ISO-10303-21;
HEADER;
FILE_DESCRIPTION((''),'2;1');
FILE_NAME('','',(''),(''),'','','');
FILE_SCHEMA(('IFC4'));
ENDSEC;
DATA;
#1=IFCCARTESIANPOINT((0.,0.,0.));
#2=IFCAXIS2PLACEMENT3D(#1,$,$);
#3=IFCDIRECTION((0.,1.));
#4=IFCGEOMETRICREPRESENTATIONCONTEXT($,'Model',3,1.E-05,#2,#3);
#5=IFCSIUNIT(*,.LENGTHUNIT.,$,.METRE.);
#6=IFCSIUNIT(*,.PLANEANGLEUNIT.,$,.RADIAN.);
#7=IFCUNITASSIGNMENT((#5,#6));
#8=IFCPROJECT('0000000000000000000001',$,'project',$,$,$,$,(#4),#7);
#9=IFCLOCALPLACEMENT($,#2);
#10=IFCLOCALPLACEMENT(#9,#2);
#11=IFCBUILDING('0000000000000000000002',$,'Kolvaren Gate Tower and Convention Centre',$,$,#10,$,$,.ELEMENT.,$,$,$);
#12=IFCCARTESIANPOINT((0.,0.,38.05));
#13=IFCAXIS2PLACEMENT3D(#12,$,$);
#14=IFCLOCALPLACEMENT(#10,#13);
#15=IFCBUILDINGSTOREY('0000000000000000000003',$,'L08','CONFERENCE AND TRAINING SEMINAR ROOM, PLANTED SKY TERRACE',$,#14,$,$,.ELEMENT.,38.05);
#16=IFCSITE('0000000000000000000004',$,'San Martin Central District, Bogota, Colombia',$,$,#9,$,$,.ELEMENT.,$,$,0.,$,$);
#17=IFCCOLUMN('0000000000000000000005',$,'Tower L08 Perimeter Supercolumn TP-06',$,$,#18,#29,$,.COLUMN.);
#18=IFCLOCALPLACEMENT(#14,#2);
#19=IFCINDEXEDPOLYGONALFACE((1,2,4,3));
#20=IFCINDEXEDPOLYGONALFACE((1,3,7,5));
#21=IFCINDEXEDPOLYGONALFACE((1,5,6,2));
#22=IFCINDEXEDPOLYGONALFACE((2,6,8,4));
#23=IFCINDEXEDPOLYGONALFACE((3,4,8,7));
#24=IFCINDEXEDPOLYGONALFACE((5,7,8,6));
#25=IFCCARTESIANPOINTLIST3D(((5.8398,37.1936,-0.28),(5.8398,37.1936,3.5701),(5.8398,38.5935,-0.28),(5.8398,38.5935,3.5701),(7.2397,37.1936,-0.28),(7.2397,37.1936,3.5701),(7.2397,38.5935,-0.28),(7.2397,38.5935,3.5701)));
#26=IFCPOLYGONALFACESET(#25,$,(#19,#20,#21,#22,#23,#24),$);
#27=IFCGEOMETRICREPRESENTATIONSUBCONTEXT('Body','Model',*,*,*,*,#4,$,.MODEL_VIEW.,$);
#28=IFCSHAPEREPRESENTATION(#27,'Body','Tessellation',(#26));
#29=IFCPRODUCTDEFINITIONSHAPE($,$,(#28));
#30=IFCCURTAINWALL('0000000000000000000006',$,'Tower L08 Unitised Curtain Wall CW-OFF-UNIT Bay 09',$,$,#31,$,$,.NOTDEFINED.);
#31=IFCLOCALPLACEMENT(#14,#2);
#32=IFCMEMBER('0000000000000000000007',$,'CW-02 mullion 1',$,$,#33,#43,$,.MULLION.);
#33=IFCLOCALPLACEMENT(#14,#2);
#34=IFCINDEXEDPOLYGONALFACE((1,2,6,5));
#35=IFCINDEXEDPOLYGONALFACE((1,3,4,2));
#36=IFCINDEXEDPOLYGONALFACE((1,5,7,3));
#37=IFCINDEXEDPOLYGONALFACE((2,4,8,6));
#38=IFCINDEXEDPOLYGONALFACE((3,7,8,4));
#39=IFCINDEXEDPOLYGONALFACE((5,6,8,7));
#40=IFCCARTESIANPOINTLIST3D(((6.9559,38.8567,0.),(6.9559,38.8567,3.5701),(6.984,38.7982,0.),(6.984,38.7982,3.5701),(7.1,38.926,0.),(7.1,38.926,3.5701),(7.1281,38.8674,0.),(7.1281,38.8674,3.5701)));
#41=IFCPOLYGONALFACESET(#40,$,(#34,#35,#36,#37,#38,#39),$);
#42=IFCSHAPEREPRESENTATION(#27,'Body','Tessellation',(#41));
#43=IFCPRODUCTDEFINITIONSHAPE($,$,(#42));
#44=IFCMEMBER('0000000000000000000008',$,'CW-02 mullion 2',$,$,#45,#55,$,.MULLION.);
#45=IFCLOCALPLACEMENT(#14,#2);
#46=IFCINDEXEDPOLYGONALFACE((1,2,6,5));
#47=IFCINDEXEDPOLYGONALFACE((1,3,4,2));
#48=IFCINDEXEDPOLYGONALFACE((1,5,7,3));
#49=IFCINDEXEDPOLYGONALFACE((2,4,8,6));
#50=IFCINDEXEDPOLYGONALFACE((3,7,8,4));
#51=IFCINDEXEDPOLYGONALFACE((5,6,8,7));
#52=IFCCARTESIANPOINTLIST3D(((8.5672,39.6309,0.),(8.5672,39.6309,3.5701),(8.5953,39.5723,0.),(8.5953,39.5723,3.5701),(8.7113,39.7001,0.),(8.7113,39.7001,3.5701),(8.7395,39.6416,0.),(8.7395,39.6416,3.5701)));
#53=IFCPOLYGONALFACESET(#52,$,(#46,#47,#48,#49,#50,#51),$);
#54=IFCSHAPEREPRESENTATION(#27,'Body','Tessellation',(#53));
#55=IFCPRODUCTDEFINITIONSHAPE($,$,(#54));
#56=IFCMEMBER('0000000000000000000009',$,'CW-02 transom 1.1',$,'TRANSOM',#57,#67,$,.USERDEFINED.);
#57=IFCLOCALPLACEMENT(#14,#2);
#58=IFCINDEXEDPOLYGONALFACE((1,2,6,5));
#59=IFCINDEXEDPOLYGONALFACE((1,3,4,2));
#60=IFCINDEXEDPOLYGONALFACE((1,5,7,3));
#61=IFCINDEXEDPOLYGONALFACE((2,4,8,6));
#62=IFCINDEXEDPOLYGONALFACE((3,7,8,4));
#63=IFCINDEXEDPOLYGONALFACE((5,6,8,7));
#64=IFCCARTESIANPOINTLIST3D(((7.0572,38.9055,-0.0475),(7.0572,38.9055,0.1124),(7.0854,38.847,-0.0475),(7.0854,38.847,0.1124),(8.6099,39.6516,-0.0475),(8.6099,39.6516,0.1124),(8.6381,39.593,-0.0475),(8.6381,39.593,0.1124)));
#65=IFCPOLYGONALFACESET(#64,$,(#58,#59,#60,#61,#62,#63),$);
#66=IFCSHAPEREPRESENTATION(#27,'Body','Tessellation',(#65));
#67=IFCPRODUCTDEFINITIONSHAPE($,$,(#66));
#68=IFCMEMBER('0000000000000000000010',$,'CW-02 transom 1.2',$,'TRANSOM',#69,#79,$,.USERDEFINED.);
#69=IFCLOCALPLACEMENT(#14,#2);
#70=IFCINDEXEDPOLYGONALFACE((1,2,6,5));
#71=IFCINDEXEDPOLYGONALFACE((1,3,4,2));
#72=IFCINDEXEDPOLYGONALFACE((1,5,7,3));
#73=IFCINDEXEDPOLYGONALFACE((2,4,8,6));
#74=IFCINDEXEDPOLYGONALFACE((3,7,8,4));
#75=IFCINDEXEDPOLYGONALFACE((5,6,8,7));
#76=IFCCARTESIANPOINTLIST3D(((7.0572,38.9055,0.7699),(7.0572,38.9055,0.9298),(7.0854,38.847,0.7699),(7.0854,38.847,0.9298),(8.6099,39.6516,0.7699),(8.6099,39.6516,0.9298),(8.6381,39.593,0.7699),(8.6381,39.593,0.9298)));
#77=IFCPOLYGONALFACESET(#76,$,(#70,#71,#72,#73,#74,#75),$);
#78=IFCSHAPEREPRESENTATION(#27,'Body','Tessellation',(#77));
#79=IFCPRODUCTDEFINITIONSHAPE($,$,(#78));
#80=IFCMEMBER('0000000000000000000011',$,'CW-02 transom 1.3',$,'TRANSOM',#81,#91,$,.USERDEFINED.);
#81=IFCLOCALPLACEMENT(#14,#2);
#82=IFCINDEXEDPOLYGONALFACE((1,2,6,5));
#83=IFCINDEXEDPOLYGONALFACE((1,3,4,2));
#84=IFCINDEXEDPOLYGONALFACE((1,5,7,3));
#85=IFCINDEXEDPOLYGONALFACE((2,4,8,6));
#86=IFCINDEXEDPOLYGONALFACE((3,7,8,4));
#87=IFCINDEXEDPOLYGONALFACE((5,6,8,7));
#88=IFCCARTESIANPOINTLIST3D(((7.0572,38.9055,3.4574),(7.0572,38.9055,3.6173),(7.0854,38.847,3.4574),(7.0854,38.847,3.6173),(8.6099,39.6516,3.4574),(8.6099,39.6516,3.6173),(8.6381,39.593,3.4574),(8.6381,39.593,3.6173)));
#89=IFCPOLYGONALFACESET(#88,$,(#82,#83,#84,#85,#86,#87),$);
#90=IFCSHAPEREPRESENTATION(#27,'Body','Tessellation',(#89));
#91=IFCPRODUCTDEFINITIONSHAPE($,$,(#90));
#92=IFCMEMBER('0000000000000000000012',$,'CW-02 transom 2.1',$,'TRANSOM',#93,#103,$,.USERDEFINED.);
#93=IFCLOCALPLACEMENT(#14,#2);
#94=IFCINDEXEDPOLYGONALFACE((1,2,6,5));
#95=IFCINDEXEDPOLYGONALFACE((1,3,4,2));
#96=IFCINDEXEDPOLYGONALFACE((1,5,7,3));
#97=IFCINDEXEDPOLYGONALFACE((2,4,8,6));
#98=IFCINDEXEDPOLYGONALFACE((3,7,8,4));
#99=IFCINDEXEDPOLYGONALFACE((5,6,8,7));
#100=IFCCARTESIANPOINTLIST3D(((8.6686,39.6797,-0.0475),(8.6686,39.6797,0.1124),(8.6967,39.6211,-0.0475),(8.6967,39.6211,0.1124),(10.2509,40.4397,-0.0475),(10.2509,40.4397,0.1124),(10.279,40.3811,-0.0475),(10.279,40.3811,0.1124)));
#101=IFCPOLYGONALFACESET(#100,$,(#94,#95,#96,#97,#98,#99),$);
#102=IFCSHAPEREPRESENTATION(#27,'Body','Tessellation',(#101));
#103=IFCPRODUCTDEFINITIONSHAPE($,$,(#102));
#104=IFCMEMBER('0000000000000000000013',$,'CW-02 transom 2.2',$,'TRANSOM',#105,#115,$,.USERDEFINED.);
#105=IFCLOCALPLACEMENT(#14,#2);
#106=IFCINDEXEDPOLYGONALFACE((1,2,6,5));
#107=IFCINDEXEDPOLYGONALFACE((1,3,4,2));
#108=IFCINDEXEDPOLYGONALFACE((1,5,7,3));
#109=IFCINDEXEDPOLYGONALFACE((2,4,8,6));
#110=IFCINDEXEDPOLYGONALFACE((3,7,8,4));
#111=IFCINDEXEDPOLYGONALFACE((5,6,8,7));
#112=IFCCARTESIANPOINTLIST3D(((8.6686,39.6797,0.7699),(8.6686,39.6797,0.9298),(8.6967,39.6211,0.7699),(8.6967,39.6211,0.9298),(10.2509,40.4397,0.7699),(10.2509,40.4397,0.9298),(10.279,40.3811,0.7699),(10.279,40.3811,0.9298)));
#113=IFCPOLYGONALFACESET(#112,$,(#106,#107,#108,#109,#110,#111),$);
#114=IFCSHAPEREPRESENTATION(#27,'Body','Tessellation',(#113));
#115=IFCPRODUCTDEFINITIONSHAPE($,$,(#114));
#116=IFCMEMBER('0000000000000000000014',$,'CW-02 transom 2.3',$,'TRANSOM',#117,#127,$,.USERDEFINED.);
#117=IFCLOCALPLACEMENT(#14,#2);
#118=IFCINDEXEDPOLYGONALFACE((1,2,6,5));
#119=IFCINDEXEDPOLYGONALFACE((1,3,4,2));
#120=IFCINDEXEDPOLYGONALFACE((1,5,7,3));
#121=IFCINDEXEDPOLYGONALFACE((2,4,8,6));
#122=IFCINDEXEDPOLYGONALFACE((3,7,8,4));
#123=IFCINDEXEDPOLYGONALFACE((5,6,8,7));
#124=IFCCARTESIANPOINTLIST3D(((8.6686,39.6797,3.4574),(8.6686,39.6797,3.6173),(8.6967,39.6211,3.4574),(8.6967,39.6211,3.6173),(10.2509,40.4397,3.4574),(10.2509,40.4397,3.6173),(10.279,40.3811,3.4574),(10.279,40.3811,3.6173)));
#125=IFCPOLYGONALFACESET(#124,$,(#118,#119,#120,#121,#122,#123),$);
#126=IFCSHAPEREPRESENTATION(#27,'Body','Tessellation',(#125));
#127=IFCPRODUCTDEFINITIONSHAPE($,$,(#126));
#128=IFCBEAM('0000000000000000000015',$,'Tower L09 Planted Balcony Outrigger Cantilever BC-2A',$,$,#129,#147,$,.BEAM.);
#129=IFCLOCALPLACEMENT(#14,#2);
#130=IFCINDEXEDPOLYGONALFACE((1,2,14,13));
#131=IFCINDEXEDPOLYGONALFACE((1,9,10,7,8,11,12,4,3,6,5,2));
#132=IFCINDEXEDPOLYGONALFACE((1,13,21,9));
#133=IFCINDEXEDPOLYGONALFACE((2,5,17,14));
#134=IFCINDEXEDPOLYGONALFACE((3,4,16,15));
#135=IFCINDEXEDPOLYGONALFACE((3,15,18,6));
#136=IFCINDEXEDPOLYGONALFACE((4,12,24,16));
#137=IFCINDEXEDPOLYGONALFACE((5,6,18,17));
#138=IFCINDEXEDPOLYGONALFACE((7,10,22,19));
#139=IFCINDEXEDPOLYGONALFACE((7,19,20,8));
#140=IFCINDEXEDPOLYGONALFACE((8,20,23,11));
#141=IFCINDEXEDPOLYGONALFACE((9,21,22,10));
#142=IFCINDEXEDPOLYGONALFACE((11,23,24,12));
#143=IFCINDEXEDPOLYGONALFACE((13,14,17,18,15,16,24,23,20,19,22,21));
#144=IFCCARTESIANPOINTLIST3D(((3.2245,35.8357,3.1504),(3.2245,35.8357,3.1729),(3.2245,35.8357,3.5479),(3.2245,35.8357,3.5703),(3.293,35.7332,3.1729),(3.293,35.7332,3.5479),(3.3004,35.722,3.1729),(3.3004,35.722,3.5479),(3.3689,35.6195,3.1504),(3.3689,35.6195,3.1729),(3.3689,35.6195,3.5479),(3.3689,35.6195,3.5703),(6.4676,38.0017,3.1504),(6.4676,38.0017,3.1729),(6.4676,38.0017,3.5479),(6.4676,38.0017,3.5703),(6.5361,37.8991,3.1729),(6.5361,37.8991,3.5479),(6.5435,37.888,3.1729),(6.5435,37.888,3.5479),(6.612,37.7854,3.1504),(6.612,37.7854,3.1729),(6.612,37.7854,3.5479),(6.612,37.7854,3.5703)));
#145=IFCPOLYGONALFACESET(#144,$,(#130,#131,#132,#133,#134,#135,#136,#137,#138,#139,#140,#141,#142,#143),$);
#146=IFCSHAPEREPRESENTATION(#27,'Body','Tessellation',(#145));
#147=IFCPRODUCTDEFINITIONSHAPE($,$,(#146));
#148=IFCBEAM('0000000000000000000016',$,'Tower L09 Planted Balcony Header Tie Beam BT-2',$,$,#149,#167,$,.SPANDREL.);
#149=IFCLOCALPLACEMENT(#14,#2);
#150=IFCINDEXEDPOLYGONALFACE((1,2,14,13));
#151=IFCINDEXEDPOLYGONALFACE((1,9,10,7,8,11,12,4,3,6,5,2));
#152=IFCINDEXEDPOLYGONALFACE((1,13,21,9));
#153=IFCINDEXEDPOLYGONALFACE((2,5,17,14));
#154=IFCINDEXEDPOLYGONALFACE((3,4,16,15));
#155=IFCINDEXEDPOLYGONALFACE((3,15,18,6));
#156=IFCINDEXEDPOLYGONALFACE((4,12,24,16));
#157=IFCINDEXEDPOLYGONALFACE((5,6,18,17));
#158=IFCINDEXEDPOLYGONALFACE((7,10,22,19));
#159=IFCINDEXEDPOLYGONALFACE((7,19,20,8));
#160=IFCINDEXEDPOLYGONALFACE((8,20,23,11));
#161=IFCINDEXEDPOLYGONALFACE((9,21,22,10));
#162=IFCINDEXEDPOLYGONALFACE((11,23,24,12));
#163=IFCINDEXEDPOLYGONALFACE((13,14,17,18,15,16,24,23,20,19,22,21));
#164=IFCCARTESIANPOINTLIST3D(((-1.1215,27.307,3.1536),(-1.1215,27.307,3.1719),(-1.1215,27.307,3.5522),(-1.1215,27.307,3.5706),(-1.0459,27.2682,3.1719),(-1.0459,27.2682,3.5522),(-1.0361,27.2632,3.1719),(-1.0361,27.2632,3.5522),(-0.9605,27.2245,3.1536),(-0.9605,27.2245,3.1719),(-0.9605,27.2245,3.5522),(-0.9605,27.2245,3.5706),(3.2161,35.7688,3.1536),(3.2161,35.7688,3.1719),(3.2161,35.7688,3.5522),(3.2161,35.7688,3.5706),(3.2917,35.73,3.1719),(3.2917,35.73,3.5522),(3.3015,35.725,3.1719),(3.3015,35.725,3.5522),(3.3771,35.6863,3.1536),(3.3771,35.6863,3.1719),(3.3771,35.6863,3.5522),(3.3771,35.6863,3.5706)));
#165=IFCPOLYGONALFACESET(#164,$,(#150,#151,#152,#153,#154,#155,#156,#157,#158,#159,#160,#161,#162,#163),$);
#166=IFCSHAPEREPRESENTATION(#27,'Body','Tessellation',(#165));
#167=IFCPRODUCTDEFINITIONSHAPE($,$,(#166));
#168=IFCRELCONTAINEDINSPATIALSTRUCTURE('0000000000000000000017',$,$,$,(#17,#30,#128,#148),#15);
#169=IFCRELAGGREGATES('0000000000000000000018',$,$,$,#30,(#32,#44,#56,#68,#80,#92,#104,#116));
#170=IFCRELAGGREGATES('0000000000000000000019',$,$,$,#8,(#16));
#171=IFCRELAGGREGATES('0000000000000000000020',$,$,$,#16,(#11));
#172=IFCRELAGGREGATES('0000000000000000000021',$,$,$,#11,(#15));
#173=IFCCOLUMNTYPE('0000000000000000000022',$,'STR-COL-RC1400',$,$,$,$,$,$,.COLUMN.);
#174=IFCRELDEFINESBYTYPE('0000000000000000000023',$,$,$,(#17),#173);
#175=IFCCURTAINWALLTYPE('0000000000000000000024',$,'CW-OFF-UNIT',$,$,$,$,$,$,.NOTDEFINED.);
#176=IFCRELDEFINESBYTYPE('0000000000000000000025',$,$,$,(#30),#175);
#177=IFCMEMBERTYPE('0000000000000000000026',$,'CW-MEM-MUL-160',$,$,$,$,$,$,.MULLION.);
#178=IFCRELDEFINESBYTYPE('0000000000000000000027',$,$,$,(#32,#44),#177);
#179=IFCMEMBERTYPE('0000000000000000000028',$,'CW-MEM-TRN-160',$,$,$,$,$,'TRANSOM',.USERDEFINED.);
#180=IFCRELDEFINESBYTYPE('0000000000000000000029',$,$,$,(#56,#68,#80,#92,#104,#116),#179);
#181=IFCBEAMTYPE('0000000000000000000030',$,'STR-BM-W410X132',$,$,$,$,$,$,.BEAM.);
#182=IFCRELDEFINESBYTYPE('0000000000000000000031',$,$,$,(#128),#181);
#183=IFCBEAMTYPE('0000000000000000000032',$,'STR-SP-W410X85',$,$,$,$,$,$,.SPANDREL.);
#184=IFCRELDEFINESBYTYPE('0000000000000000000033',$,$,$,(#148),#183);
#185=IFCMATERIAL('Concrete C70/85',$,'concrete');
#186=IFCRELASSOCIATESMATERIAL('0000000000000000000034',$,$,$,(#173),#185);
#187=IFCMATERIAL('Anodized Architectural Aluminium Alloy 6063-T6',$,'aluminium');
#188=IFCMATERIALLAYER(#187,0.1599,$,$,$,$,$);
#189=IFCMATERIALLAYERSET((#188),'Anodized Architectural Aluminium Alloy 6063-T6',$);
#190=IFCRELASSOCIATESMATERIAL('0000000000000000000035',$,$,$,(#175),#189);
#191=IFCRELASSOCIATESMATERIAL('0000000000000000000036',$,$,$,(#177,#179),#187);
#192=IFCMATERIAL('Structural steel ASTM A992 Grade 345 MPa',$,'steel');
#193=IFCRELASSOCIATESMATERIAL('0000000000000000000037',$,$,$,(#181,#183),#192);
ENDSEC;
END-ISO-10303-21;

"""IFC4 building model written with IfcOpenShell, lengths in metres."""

from ifc_helpers import new_model, si_unit, direction, frame, origin, origin_2d, place, context, subcontext, project, spatial, rectangle, i_section, extrude, material, layer, layer_set, material_profile, profile_set, type_object, element, aggregate, save


model = new_model("IFC4")

# Units and contexts
model_context = context("Model", 3, precision=1e-05, world=origin(), true_north=direction((0.0, 1.0)))
body_context = subcontext(model_context, "Body", "Model", "MODEL_VIEW")
ifc_project = project(units=[si_unit("LENGTHUNIT", "METRE"), si_unit("PLANEANGLEUNIT", "RADIAN")], contexts=[model_context])

# Site, building, storey
site_placement = place(None, origin())
site = spatial("IfcSite", under=ifc_project, at=site_placement, Name="San Martin Central District, Bogota, Colombia", CompositionType="ELEMENT", RefElevation=0.0)
building_placement = place(site_placement, origin())
building = spatial("IfcBuilding", under=site, at=building_placement, Name="Kolvaren Gate Tower and Convention Centre", CompositionType="ELEMENT")
storey_placement = place(building_placement, frame((0.0, 0.0, 38.05)))
storey = spatial("IfcBuildingStorey", under=building, at=storey_placement, Name="L08", Description="CONFERENCE AND TRAINING SEMINAR ROOM, PLANTED SKY TERRACE", CompositionType="ELEMENT", Elevation=38.05)

# Column
ifc_material_1 = material(Name="Concrete C70/85", Category="concrete")
ifc_material_profile_1 = material_profile(ifc_material_1, rectangle(XDim=1.3999, YDim=1.3999, at=origin_2d()), Name="RC-COL-1400X1400")
ifc_profile_set_1 = profile_set([ifc_material_profile_1], Name="Concrete C70/85")
column_type = type_object("IfcColumnType", Name="STR-COL-RC1400", PredefinedType="COLUMN", material=ifc_profile_set_1)
column_placement = place(storey_placement, frame((6.5398, 37.8936, -0.28), z_axis=(0.0, 0.0, 1.0), x_axis=(1.0, 0.0, 0.0)))
element("IfcColumn", 1, at=column_placement, inside=storey, type_object=column_type, Name="Tower L08 Perimeter Supercolumn TP-06", PredefinedType="COLUMN", context=body_context, shape_type="SweptSolid", body=[
    extrude(rectangle(XDim=1.3999, YDim=1.3999, at=origin_2d()), origin(), (0.0, 0.0, 1.0), 3.8501),
])

# Curtain wall, members
ifc_material_2 = material(Name="Anodized Architectural Aluminium Alloy 6063-T6", Category="aluminium")
ifc_layer_1 = layer(ifc_material_2, 0.1599)
ifc_layer_set_1 = layer_set([ifc_layer_1], Name="Anodized Architectural Aluminium Alloy 6063-T6")
curtain_wall_type = type_object("IfcCurtainWallType", Name="CW-OFF-UNIT", PredefinedType="NOTDEFINED", material=ifc_layer_set_1)
curtain_wall_placement = place(storey_placement, origin())
curtain_wall = element("IfcCurtainWall", 2, at=curtain_wall_placement, inside=storey, type_object=curtain_wall_type, Name="Tower L08 Unitised Curtain Wall CW-OFF-UNIT Bay 09", PredefinedType="NOTDEFINED")
ifc_material_profile_2 = material_profile(ifc_material_2, rectangle(XDim=0.0649, YDim=0.1599, at=origin_2d()), Name="CW-MEM-MUL-160")
ifc_profile_set_2 = profile_set([ifc_material_profile_2], Name="Anodized Architectural Aluminium Alloy 6063-T6")
member_type_1 = type_object("IfcMemberType", Name="CW-MEM-MUL-160", PredefinedType="MULLION", material=ifc_profile_set_2)
member_1_placement = place(storey_placement, frame((7.042, 38.8621, 0.0), z_axis=(0.0, 0.0, 1.0), x_axis=(-0.433057, 0.901367, 0.0)))
member_1 = element("IfcMember", 3, at=member_1_placement, type_object=member_type_1, Name="CW-02 mullion 1", PredefinedType="MULLION", context=body_context, shape_type="SweptSolid", body=[
    extrude(rectangle(XDim=0.0649, YDim=0.1599, at=origin_2d()), origin(), (0.0, 0.0, 1.0), 3.5701),
])
member_2_placement = place(storey_placement, frame((8.6533, 39.6362, 0.0), z_axis=(0.0, 0.0, 1.0), x_axis=(-0.433057, 0.901367, 0.0)))
member_2 = element("IfcMember", 4, at=member_2_placement, type_object=member_type_1, Name="CW-02 mullion 2", PredefinedType="MULLION", context=body_context, shape_type="SweptSolid", body=[
    extrude(rectangle(XDim=0.0649, YDim=0.1599, at=origin_2d()), origin(), (0.0, 0.0, 1.0), 3.5701),
])
ifc_material_profile_3 = material_profile(ifc_material_2, rectangle(XDim=0.0649, YDim=0.1599, at=origin_2d()), Name="CW-MEM-TRN-160")
ifc_profile_set_3 = profile_set([ifc_material_profile_3], Name="Anodized Architectural Aluminium Alloy 6063-T6")
member_type_2 = type_object("IfcMemberType", Name="CW-MEM-TRN-160", ElementType="TRANSOM", PredefinedType="USERDEFINED", material=ifc_profile_set_3)
member_3_placement = place(storey_placement, frame((7.0713, 38.8762, 0.0325), z_axis=(0.901346, 0.4331, 0.0), x_axis=(-0.4331, 0.901346, 0.0)))
member_3 = element("IfcMember", 5, at=member_3_placement, type_object=member_type_2, Name="CW-02 transom 1.1", ObjectType="TRANSOM", PredefinedType="USERDEFINED", context=body_context, shape_type="SweptSolid", body=[
    extrude(rectangle(XDim=0.0649, YDim=0.1599, at=origin_2d()), origin(), (0.0, 0.0, 1.0), 1.7227),
])
member_4_placement = place(storey_placement, frame((7.0713, 38.8762, 0.8499), z_axis=(0.901346, 0.4331, 0.0), x_axis=(-0.4331, 0.901346, 0.0)))
member_4 = element("IfcMember", 6, at=member_4_placement, type_object=member_type_2, Name="CW-02 transom 1.2", ObjectType="TRANSOM", PredefinedType="USERDEFINED", context=body_context, shape_type="SweptSolid", body=[
    extrude(rectangle(XDim=0.0649, YDim=0.1599, at=origin_2d()), origin(), (0.0, 0.0, 1.0), 1.7227),
])
member_5_placement = place(storey_placement, frame((7.0713, 38.8762, 3.5374), z_axis=(0.901346, 0.4331, 0.0), x_axis=(-0.4331, 0.901346, 0.0)))
member_5 = element("IfcMember", 7, at=member_5_placement, type_object=member_type_2, Name="CW-02 transom 1.3", ObjectType="TRANSOM", PredefinedType="USERDEFINED", context=body_context, shape_type="SweptSolid", body=[
    extrude(rectangle(XDim=0.0649, YDim=0.1599, at=origin_2d()), origin(), (0.0, 0.0, 1.0), 1.7227),
])
member_6_placement = place(storey_placement, frame((8.6826, 39.6504, 0.0325), z_axis=(0.901408, 0.432971, 0.0), x_axis=(-0.432971, 0.901408, 0.0)))
member_6 = element("IfcMember", 8, at=member_6_placement, type_object=member_type_2, Name="CW-02 transom 2.1", ObjectType="TRANSOM", PredefinedType="USERDEFINED", context=body_context, shape_type="SweptSolid", body=[
    extrude(rectangle(XDim=0.0649, YDim=0.1599, at=origin_2d()), origin(), (0.0, 0.0, 1.0), 1.7554),
])
member_7_placement = place(storey_placement, frame((8.6826, 39.6504, 0.8499), z_axis=(0.901408, 0.432971, 0.0), x_axis=(-0.432971, 0.901408, 0.0)))
member_7 = element("IfcMember", 9, at=member_7_placement, type_object=member_type_2, Name="CW-02 transom 2.2", ObjectType="TRANSOM", PredefinedType="USERDEFINED", context=body_context, shape_type="SweptSolid", body=[
    extrude(rectangle(XDim=0.0649, YDim=0.1599, at=origin_2d()), origin(), (0.0, 0.0, 1.0), 1.7554),
])
member_8_placement = place(storey_placement, frame((8.6826, 39.6504, 3.5374), z_axis=(0.901408, 0.432971, 0.0), x_axis=(-0.432971, 0.901408, 0.0)))
member_8 = element("IfcMember", 10, at=member_8_placement, type_object=member_type_2, Name="CW-02 transom 2.3", ObjectType="TRANSOM", PredefinedType="USERDEFINED", context=body_context, shape_type="SweptSolid", body=[
    extrude(rectangle(XDim=0.0649, YDim=0.1599, at=origin_2d()), origin(), (0.0, 0.0, 1.0), 1.7554),
])

# Beams
ifc_material_3 = material(Name="Structural steel ASTM A992 Grade 345 MPa", Category="steel")
ifc_material_profile_4 = material_profile(ifc_material_3, i_section(OverallWidth=0.26, OverallDepth=0.4199, WebThickness=0.0134, FlangeThickness=0.0225, at=origin_2d()), Name="W410X132")
ifc_profile_set_4 = profile_set([ifc_material_profile_4], Name="Structural steel ASTM A992 Grade 345 MPa")
beam_type_1 = type_object("IfcBeamType", Name="STR-BM-W410X132", PredefinedType="BEAM", material=ifc_profile_set_4)
beam_1_placement = place(storey_placement, frame((6.5398, 37.8936, 3.3604), z_axis=(-0.831588, -0.555393, 0.0), x_axis=(0.555393, -0.831588, 0.0)))
element("IfcBeam", 11, at=beam_1_placement, inside=storey, type_object=beam_type_1, Name="Tower L09 Planted Balcony Outrigger Cantilever BC-2A", PredefinedType="BEAM", context=body_context, shape_type="SweptSolid", body=[
    extrude(i_section(OverallWidth=0.26, OverallDepth=0.4199, WebThickness=0.0134, FlangeThickness=0.0225, at=origin_2d()), origin(), (0.0, 0.0, 1.0), 3.8999),
])
ifc_material_profile_5 = material_profile(ifc_material_3, i_section(OverallWidth=0.1809, OverallDepth=0.417, WebThickness=0.011, FlangeThickness=0.0183, at=origin_2d()), Name="W410X85")
ifc_profile_set_5 = profile_set([ifc_material_profile_5], Name="Structural steel ASTM A992 Grade 345 MPa")
beam_type_2 = type_object("IfcBeamType", Name="STR-SP-W410X85", PredefinedType="SPANDREL", material=ifc_profile_set_5)
beam_2_placement = place(storey_placement, frame((3.2966, 35.7275, 3.3621), z_axis=(-0.456167, -0.889894, 0.0), x_axis=(0.889894, -0.456167, 0.0)))
element("IfcBeam", 12, at=beam_2_placement, inside=storey, type_object=beam_type_2, Name="Tower L09 Planted Balcony Header Tie Beam BT-2", PredefinedType="SPANDREL", context=body_context, shape_type="SweptSolid", body=[
    extrude(i_section(OverallWidth=0.1809, OverallDepth=0.417, WebThickness=0.011, FlangeThickness=0.0183, at=origin_2d()), origin(), (0.0, 0.0, 1.0), 9.5088),
])

aggregate(curtain_wall, [member_1, member_2, member_3, member_4, member_5, member_6, member_7, member_8])

save(model, "model.ifc")
